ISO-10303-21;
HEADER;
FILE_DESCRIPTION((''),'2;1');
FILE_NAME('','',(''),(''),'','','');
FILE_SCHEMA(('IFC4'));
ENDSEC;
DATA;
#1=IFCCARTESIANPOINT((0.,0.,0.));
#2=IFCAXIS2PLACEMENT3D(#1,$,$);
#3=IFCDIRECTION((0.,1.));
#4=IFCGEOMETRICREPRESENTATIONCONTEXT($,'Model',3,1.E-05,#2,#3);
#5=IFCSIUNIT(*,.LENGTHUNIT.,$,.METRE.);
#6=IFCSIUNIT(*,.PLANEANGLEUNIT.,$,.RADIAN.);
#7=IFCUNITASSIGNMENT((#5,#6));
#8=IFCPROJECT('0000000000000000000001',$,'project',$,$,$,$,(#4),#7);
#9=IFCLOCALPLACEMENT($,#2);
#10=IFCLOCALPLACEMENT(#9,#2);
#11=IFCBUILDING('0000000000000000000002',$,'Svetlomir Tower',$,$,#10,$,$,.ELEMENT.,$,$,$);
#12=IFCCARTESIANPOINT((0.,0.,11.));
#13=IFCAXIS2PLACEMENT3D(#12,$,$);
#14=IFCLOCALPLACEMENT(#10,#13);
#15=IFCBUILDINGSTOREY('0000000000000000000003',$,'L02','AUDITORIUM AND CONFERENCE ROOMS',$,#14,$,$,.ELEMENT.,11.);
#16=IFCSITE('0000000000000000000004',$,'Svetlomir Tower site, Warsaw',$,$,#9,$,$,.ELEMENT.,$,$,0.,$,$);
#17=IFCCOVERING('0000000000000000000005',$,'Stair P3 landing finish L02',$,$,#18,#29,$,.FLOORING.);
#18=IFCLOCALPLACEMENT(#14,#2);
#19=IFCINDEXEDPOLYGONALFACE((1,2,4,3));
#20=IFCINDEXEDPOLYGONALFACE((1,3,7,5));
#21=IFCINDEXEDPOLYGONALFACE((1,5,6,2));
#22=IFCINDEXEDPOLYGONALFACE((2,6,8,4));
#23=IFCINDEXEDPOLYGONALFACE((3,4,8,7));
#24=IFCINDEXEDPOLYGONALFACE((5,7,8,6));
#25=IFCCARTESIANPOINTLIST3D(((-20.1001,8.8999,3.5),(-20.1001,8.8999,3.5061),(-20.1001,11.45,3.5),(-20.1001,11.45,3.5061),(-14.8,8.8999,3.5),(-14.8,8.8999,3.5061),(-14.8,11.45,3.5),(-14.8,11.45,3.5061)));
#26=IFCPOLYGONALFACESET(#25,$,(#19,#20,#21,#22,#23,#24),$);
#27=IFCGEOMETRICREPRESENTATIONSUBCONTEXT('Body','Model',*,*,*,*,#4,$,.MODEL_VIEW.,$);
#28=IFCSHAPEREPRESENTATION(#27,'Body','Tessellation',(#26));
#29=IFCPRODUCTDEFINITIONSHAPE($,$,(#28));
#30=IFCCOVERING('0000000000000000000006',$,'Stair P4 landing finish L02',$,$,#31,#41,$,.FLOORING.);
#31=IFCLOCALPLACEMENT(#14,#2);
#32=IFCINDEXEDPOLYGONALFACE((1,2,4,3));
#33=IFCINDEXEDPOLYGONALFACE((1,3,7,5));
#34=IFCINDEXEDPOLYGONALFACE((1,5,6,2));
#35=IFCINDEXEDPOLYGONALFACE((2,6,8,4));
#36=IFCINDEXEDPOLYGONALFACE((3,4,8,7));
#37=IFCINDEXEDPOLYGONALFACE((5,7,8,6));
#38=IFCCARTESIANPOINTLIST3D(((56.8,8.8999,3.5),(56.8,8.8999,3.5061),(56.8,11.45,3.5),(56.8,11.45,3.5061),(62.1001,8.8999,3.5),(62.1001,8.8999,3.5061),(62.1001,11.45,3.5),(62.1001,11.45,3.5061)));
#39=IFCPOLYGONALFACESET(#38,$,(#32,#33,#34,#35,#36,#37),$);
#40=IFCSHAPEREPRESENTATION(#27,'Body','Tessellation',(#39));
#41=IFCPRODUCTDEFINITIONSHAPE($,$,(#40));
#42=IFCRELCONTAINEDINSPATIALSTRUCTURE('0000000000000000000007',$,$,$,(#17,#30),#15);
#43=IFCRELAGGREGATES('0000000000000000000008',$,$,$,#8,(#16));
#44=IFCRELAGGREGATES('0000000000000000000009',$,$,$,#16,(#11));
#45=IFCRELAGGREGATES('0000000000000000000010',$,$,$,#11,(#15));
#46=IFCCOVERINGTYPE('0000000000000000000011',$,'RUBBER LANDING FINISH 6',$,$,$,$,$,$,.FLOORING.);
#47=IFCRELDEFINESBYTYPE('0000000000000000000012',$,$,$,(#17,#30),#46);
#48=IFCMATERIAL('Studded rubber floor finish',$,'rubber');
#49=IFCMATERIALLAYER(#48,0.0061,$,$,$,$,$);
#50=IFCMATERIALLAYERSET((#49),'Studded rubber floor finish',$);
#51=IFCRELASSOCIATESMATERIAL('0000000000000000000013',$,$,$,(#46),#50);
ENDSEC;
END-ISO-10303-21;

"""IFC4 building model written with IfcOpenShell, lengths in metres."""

from ifc_helpers import new_model, si_unit, direction, frame, origin, place, context, subcontext, project, spatial, polyline, outline, extrude, material, layer, layer_set, type_object, element, save


model = new_model("IFC4")

# Units and contexts
model_context = context("Model", 3, precision=1e-05, world=origin(), true_north=direction((0.0, 1.0)))
body_context = subcontext(model_context, "Body", "Model", "MODEL_VIEW")
ifc_project = project(units=[si_unit("LENGTHUNIT", "METRE"), si_unit("PLANEANGLEUNIT", "RADIAN")], contexts=[model_context])

# Site, building, storey
site_placement = place(None, origin())
site = spatial("IfcSite", under=ifc_project, at=site_placement, Name="Svetlomir Tower site, Warsaw", CompositionType="ELEMENT", RefElevation=0.0)
building_placement = place(site_placement, origin())
building = spatial("IfcBuilding", under=site, at=building_placement, Name="Svetlomir Tower", CompositionType="ELEMENT")
storey_placement = place(building_placement, frame((0.0, 0.0, 11.0)))
storey = spatial("IfcBuildingStorey", under=building, at=storey_placement, Name="L02", Description="AUDITORIUM AND CONFERENCE ROOMS", CompositionType="ELEMENT", Elevation=11.0)

# Coverings
ifc_material_1 = material(Name="Studded rubber floor finish", Category="rubber")
ifc_layer_1 = layer(ifc_material_1, 0.0061)
ifc_layer_set_1 = layer_set([ifc_layer_1], Name="Studded rubber floor finish")
covering_type_1 = type_object("IfcCoveringType", Name="RUBBER LANDING FINISH 6", PredefinedType="FLOORING", material=ifc_layer_set_1)
covering_1_placement = place(storey_placement, frame((0.0, 0.0, 3.5)))
element("IfcCovering", 1, at=covering_1_placement, inside=storey, type_object=covering_type_1, Name="Stair P3 landing finish L02", PredefinedType="FLOORING", context=body_context, shape_type="SweptSolid", body=[
    extrude(outline(polyline([(-20.1001, 8.8999), (-14.8, 8.8999), (-14.8, 11.45), (-20.1001, 11.45), (-20.1001, 8.8999)])), origin(), (0.0, 0.0, 1.0), 0.0061),
])
covering_2_placement = place(storey_placement, frame((0.0, 0.0, 3.5)))
element("IfcCovering", 2, at=covering_2_placement, inside=storey, type_object=covering_type_1, Name="Stair P4 landing finish L02", PredefinedType="FLOORING", context=body_context, shape_type="SweptSolid", body=[
    extrude(outline(polyline([(56.8, 8.8999), (62.1001, 8.8999), (62.1001, 11.45), (56.8, 11.45), (56.8, 8.8999)])), origin(), (0.0, 0.0, 1.0), 0.0061),
])

save(model, "model.ifc")
